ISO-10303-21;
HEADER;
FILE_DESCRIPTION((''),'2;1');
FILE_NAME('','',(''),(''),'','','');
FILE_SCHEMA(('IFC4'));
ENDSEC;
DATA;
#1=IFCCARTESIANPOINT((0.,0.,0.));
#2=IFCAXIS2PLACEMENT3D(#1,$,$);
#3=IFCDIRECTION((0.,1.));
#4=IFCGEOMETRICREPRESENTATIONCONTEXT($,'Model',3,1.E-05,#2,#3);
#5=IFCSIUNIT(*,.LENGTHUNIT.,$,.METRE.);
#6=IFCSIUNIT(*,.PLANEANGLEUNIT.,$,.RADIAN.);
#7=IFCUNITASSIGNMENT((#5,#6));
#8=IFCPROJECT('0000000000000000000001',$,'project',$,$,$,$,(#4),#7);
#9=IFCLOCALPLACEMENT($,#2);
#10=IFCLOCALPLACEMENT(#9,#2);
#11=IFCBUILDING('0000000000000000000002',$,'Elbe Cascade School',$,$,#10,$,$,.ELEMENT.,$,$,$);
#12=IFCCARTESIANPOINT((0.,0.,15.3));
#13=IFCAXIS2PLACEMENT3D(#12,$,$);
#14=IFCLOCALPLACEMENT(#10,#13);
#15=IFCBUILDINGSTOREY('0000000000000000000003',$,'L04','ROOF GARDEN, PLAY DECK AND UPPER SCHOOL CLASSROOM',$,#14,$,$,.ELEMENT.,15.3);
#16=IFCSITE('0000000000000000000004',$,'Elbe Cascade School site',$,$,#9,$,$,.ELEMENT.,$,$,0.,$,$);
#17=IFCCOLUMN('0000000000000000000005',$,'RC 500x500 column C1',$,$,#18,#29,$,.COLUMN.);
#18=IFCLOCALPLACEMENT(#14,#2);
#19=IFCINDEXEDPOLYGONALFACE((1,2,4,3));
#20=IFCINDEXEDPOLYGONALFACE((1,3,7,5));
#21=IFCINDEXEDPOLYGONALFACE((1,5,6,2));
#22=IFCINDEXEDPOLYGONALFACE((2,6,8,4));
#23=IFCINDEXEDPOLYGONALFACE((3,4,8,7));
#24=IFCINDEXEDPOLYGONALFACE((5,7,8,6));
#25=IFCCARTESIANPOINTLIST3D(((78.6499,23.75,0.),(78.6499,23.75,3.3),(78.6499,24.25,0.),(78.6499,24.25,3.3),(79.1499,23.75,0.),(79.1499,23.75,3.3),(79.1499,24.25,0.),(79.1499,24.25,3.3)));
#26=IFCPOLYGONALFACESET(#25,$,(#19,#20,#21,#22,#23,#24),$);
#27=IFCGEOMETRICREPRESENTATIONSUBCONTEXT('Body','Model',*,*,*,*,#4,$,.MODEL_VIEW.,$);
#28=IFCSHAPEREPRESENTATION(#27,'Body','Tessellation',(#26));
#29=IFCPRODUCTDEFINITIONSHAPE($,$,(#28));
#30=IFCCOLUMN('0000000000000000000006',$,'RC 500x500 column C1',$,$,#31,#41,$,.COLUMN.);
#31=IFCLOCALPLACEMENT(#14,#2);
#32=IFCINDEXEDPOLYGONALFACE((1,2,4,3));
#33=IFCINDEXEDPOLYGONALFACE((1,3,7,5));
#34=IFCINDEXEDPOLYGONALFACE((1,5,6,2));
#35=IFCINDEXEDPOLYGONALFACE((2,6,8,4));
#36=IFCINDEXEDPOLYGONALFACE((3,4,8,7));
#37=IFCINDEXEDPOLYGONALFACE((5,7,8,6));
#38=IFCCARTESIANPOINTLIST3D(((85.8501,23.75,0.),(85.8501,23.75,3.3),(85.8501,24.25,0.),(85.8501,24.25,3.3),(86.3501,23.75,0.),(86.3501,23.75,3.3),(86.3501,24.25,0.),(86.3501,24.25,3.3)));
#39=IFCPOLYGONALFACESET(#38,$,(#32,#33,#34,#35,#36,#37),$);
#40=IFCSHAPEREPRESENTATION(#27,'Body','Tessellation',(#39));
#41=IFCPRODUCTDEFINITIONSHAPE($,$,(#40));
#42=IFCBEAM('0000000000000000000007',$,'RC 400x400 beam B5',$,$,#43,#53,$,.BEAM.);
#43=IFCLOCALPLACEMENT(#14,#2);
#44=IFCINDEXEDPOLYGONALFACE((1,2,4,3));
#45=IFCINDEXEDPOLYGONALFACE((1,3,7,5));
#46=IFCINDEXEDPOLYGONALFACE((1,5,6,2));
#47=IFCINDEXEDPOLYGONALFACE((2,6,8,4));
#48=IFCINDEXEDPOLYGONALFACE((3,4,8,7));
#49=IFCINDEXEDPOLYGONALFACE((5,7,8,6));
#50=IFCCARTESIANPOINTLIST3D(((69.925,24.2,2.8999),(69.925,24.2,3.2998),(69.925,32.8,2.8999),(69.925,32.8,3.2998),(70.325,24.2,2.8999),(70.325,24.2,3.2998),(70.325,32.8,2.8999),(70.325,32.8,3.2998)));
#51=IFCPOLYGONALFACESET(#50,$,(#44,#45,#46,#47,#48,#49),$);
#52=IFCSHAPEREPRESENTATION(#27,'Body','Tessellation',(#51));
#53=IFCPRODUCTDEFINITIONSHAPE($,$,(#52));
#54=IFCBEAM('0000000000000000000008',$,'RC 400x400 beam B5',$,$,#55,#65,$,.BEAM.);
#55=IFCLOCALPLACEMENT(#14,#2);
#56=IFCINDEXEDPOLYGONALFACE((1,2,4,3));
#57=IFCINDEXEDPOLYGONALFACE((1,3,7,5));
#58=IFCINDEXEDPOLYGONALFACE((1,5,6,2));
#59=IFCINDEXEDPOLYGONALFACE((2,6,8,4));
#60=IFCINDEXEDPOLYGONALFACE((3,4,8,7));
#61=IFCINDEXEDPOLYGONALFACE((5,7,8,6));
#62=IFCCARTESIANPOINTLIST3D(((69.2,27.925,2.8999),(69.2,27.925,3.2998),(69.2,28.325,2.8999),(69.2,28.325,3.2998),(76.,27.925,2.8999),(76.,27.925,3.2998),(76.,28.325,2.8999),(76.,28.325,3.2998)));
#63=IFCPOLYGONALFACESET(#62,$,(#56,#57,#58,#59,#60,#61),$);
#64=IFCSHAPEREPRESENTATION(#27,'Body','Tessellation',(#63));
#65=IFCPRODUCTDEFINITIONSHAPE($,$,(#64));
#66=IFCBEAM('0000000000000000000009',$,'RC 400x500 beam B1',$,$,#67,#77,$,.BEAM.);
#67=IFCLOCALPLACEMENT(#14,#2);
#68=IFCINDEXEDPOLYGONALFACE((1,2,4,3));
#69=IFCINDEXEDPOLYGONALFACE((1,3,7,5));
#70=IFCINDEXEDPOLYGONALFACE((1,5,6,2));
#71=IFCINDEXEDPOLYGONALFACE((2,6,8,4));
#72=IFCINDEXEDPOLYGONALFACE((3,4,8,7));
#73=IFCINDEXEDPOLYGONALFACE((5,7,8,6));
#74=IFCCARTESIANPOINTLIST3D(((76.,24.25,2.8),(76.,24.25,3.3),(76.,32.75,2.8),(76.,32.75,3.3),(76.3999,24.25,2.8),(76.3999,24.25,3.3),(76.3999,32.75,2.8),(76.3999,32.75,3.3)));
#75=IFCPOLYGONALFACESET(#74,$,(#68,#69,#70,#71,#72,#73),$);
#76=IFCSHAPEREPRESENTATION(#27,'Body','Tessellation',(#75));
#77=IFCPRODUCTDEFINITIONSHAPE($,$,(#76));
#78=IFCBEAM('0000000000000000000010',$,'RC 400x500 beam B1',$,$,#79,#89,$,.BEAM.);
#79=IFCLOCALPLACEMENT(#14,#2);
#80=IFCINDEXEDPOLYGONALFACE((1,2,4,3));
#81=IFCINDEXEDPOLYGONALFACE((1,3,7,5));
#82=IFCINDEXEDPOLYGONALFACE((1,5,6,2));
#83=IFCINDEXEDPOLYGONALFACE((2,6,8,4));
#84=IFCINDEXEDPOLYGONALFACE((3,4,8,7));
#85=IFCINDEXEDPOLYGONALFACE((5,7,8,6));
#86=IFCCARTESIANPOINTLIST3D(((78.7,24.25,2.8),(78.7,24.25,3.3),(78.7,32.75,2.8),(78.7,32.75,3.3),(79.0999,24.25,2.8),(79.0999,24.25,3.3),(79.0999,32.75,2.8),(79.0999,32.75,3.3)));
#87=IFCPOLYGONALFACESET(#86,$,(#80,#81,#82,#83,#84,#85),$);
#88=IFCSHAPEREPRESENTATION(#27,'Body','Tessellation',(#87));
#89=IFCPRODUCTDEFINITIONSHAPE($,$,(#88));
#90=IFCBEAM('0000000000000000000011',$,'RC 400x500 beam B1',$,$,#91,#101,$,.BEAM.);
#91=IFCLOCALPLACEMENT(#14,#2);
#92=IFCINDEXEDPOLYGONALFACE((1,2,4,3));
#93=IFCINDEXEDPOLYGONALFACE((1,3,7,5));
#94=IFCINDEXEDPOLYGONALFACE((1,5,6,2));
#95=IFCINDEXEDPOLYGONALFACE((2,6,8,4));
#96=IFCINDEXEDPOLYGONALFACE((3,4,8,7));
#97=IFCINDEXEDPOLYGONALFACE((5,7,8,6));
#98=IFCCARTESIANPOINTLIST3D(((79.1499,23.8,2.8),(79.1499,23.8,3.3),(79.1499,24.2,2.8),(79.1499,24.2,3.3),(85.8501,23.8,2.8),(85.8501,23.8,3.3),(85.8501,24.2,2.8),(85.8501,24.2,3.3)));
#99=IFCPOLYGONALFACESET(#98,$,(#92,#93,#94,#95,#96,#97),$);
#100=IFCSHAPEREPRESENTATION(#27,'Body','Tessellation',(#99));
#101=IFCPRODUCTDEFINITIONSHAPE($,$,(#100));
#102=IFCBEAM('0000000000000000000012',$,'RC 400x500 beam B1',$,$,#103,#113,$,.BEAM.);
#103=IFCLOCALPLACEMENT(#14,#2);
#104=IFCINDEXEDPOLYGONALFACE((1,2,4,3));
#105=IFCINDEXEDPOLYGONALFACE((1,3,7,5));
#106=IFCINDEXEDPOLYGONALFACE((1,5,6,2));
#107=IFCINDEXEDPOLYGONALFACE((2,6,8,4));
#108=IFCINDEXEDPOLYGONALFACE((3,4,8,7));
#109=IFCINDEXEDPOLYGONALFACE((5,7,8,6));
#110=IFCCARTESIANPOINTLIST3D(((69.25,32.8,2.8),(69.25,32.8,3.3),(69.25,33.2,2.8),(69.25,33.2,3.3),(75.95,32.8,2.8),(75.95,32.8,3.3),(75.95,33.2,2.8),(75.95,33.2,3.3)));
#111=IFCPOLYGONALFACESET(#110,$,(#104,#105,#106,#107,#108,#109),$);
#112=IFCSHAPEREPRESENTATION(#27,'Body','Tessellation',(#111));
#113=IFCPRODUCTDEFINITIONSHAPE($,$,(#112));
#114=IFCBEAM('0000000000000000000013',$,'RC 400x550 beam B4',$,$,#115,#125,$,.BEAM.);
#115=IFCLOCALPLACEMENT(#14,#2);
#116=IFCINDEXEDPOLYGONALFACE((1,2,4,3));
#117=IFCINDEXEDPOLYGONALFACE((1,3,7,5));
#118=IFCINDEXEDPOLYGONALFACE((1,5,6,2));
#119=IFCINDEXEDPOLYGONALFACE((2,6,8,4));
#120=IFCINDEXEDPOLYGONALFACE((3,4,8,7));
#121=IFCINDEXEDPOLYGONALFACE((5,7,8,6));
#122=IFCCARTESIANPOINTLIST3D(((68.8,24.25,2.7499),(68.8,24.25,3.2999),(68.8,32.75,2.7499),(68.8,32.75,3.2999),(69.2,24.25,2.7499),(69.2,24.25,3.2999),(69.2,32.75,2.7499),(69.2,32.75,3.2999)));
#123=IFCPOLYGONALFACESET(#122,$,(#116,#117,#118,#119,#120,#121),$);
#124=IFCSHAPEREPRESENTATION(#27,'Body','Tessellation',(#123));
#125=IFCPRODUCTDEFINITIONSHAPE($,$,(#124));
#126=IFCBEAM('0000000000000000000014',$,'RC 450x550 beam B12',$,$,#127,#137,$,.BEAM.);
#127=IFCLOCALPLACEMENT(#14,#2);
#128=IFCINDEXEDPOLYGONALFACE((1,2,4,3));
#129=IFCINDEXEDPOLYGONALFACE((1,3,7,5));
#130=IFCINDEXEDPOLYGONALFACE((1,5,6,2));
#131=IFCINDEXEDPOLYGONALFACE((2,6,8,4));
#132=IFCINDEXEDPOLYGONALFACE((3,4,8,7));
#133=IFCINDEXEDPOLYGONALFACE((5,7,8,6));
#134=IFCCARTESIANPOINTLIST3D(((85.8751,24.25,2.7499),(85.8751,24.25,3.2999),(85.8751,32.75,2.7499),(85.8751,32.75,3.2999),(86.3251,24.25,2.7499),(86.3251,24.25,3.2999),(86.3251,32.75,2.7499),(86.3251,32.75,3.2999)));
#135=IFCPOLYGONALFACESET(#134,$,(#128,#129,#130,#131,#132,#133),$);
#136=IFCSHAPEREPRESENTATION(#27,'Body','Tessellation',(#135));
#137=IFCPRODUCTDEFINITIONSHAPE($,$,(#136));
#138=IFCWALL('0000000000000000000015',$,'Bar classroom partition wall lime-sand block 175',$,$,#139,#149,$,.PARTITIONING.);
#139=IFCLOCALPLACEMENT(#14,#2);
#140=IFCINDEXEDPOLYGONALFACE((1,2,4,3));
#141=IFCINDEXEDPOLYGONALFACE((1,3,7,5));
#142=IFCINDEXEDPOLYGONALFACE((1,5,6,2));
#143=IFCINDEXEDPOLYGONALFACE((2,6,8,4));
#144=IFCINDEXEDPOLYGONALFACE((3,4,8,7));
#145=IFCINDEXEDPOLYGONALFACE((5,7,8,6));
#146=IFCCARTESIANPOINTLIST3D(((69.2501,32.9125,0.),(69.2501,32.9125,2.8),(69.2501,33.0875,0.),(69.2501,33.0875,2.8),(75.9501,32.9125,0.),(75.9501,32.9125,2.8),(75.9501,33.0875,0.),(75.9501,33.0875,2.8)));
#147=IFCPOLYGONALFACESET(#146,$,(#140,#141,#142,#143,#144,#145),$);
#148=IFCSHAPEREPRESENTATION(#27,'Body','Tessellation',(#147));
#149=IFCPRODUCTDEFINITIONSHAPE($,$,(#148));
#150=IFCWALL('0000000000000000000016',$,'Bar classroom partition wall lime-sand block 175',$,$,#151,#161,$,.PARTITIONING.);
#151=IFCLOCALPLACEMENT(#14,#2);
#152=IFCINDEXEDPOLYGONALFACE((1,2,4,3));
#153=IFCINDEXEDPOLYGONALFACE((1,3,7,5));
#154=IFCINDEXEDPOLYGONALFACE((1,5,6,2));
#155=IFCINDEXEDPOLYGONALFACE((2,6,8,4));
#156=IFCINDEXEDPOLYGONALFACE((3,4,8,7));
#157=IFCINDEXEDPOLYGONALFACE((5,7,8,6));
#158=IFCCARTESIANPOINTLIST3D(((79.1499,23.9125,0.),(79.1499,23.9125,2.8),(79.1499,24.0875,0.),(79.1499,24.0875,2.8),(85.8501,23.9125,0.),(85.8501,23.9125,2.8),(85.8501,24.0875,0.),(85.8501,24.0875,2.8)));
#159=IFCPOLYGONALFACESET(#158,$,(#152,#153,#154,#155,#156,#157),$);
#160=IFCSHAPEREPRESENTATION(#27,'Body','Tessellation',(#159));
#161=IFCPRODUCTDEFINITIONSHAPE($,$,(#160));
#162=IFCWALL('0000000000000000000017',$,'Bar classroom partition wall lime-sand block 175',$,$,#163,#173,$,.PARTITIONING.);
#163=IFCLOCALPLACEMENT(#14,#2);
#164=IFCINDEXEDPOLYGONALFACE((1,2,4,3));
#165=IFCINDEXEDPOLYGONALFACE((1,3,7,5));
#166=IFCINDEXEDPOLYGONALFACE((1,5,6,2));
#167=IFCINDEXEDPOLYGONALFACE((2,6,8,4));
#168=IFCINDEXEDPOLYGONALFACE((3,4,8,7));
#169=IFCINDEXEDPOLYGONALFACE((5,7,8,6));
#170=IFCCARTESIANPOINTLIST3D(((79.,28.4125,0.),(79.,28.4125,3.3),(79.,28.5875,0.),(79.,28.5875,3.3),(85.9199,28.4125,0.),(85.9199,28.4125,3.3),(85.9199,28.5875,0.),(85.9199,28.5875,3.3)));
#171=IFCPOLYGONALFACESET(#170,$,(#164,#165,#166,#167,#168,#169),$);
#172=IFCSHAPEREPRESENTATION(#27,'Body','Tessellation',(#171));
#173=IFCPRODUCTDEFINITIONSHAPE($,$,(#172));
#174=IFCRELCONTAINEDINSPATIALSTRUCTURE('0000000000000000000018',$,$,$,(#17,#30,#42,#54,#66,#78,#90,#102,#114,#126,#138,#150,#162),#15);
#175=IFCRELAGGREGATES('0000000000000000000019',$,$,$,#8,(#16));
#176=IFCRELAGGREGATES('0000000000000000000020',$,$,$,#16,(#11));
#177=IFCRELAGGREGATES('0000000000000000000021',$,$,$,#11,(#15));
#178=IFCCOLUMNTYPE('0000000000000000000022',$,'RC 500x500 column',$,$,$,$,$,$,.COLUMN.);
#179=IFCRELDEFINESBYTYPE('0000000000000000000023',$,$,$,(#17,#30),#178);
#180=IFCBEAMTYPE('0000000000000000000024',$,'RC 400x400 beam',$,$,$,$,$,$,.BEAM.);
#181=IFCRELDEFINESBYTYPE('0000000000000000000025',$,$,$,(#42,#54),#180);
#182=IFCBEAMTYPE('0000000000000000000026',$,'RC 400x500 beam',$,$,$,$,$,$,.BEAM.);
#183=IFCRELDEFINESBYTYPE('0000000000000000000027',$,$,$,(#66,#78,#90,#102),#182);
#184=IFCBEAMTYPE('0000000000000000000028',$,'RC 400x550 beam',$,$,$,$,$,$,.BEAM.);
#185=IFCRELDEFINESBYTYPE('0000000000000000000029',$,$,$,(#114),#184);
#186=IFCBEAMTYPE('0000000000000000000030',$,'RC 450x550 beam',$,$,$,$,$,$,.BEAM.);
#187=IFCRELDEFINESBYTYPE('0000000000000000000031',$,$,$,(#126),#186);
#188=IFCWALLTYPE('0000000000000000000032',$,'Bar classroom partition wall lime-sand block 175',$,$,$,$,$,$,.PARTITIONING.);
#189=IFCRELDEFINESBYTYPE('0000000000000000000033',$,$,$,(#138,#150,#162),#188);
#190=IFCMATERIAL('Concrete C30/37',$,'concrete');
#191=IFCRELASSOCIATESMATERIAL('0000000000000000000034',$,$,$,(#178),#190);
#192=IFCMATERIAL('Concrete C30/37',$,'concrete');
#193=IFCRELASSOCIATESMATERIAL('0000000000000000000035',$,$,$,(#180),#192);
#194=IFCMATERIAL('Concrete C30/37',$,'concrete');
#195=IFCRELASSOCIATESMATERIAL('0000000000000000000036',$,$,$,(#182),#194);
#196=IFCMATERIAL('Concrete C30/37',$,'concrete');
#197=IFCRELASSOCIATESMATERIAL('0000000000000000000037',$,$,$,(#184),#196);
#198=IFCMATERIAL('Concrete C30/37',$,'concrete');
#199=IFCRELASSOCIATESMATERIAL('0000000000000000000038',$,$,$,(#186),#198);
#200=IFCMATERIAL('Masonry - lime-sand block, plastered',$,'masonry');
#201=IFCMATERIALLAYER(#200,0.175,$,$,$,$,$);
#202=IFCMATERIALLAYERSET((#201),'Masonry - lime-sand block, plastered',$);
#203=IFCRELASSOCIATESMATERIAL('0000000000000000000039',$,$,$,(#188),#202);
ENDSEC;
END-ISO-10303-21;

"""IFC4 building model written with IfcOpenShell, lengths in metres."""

from ifc_helpers import new_model, si_unit, direction, frame, frame_2d, origin, origin_2d, place, context, subcontext, project, spatial, rectangle, extrude, material, layer, layer_set, material_profile, profile_set, type_object, element, save


model = new_model("IFC4")

# Units and contexts
model_context = context("Model", 3, precision=1e-05, world=origin(), true_north=direction((0.0, 1.0)))
body_context = subcontext(model_context, "Body", "Model", "MODEL_VIEW")
ifc_project = project(units=[si_unit("LENGTHUNIT", "METRE"), si_unit("PLANEANGLEUNIT", "RADIAN")], contexts=[model_context])

# Site, building, storey
site_placement = place(None, origin())
site = spatial("IfcSite", under=ifc_project, at=site_placement, Name="Elbe Cascade School site", CompositionType="ELEMENT", RefElevation=0.0)
building_placement = place(site_placement, origin())
building = spatial("IfcBuilding", under=site, at=building_placement, Name="Elbe Cascade School", CompositionType="ELEMENT")
storey_placement = place(building_placement, frame((0.0, 0.0, 15.3)))
storey = spatial("IfcBuildingStorey", under=building, at=storey_placement, Name="L04", Description="ROOF GARDEN, PLAY DECK AND UPPER SCHOOL CLASSROOM", CompositionType="ELEMENT", Elevation=15.3)

# Columns
ifc_material_1 = material(Name="Concrete C30/37", Category="concrete")
ifc_material_profile_1 = material_profile(ifc_material_1, rectangle(XDim=0.5, YDim=0.5, at=origin_2d()), Name="RC 500x500")
ifc_profile_set_1 = profile_set([ifc_material_profile_1], Name="Concrete C30/37")
column_type = type_object("IfcColumnType", Name="RC 500x500 column", PredefinedType="COLUMN", material=ifc_profile_set_1)
for number, where, z_axis, x_axis, name in (
    (1, (78.8999, 24.0, 0.0), (0.0, 0.0, 1.0), (1.0, 0.0, 0.0), "RC 500x500 column C1"),
    (2, (86.1001, 24.0, 0.0), (0.0, 0.0, 1.0), (1.0, 0.0, 0.0), "RC 500x500 column C1"),
):
    element("IfcColumn", number, at=place(storey_placement, frame(where, z_axis=z_axis, x_axis=x_axis)), inside=storey, type_object=column_type, Name=name, PredefinedType="COLUMN", context=body_context, shape_type="SweptSolid", body=[
        extrude(rectangle(XDim=0.5, YDim=0.5, at=origin_2d()), origin(), (0.0, 0.0, 1.0), 3.3),
    ])

# Beams
ifc_material_2 = material(Name="Concrete C30/37", Category="concrete")
ifc_material_profile_2 = material_profile(ifc_material_2, rectangle(XDim=0.3999, YDim=0.3999, at=origin_2d()), Name="RC 400x400")
ifc_profile_set_2 = profile_set([ifc_material_profile_2], Name="Concrete C30/37")
beam_type_1 = type_object("IfcBeamType", Name="RC 400x400 beam", PredefinedType="BEAM", material=ifc_profile_set_2)
beam_1_placement = place(storey_placement, frame((70.125, 24.2, 3.0999), z_axis=(0.0, 1.0, 0.0), x_axis=(-1.0, 0.0, 0.0)))
element("IfcBeam", 3, at=beam_1_placement, inside=storey, type_object=beam_type_1, Name="RC 400x400 beam B5", PredefinedType="BEAM", context=body_context, shape_type="SweptSolid", body=[
    extrude(rectangle(XDim=0.3999, YDim=0.3999, at=origin_2d()), origin(), (0.0, 0.0, 1.0), 8.6001),
])
beam_2_placement = place(storey_placement, frame((69.2, 28.125, 3.0999), z_axis=(1.0, 0.0, 0.0), x_axis=(0.0, 1.0, 0.0)))
element("IfcBeam", 4, at=beam_2_placement, inside=storey, type_object=beam_type_1, Name="RC 400x400 beam B5", PredefinedType="BEAM", context=body_context, shape_type="SweptSolid", body=[
    extrude(rectangle(XDim=0.3999, YDim=0.3999, at=origin_2d()), origin(), (0.0, 0.0, 1.0), 6.8),
])
ifc_material_3 = material(Name="Concrete C30/37", Category="concrete")
ifc_material_profile_3 = material_profile(ifc_material_3, rectangle(XDim=0.3999, YDim=0.5, at=origin_2d()), Name="RC 400x500")
ifc_profile_set_3 = profile_set([ifc_material_profile_3], Name="Concrete C30/37")
beam_type_2 = type_object("IfcBeamType", Name="RC 400x500 beam", PredefinedType="BEAM", material=ifc_profile_set_3)
for number, where, z_axis, x_axis, name in (
    (5, (76.2, 24.25, 3.05), (0.0, 1.0, 0.0), (-1.0, 0.0, 0.0), "RC 400x500 beam B1"),
    (6, (78.8999, 24.25, 3.05), (0.0, 1.0, 0.0), (-1.0, 0.0, 0.0), "RC 400x500 beam B1"),
):
    element("IfcBeam", number, at=place(storey_placement, frame(where, z_axis=z_axis, x_axis=x_axis)), inside=storey, type_object=beam_type_2, Name=name, PredefinedType="BEAM", context=body_context, shape_type="SweptSolid", body=[
        extrude(rectangle(XDim=0.3999, YDim=0.5, at=origin_2d()), origin(), (0.0, 0.0, 1.0), 8.5),
    ])
beam_3_placement = place(storey_placement, frame((79.1499, 24.0, 3.05), z_axis=(1.0, 0.0, 0.0), x_axis=(0.0, 1.0, 0.0)))
element("IfcBeam", 7, at=beam_3_placement, inside=storey, type_object=beam_type_2, Name="RC 400x500 beam B1", PredefinedType="BEAM", context=body_context, shape_type="SweptSolid", body=[
    extrude(rectangle(XDim=0.3999, YDim=0.5, at=origin_2d()), origin(), (0.0, 0.0, 1.0), 6.7002),
])
beam_4_placement = place(storey_placement, frame((69.25, 33.0, 3.05), z_axis=(1.0, 0.0, 0.0), x_axis=(0.0, 1.0, 0.0)))
element("IfcBeam", 8, at=beam_4_placement, inside=storey, type_object=beam_type_2, Name="RC 400x500 beam B1", PredefinedType="BEAM", context=body_context, shape_type="SweptSolid", body=[
    extrude(rectangle(XDim=0.3999, YDim=0.5, at=origin_2d()), origin(), (0.0, 0.0, 1.0), 6.7),
])
ifc_material_4 = material(Name="Concrete C30/37", Category="concrete")
ifc_material_profile_4 = material_profile(ifc_material_4, rectangle(XDim=0.3999, YDim=0.55, at=origin_2d()), Name="RC 400x550")
ifc_profile_set_4 = profile_set([ifc_material_profile_4], Name="Concrete C30/37")
beam_type_3 = type_object("IfcBeamType", Name="RC 400x550 beam", PredefinedType="BEAM", material=ifc_profile_set_4)
beam_5_placement = place(storey_placement, frame((69.0, 24.25, 3.0249), z_axis=(0.0, 1.0, 0.0), x_axis=(-1.0, 0.0, 0.0)))
element("IfcBeam", 9, at=beam_5_placement, inside=storey, type_object=beam_type_3, Name="RC 400x550 beam B4", PredefinedType="BEAM", context=body_context, shape_type="SweptSolid", body=[
    extrude(rectangle(XDim=0.3999, YDim=0.55, at=origin_2d()), origin(), (0.0, 0.0, 1.0), 8.5),
])
ifc_material_5 = material(Name="Concrete C30/37", Category="concrete")
ifc_material_profile_5 = material_profile(ifc_material_5, rectangle(XDim=0.45, YDim=0.55, at=origin_2d()), Name="RC 450x550")
ifc_profile_set_5 = profile_set([ifc_material_profile_5], Name="Concrete C30/37")
beam_type_4 = type_object("IfcBeamType", Name="RC 450x550 beam", PredefinedType="BEAM", material=ifc_profile_set_5)
beam_6_placement = place(storey_placement, frame((86.1001, 24.25, 3.0249), z_axis=(0.0, 1.0, 0.0), x_axis=(-1.0, 0.0, 0.0)))
element("IfcBeam", 10, at=beam_6_placement, inside=storey, type_object=beam_type_4, Name="RC 450x550 beam B12", PredefinedType="BEAM", context=body_context, shape_type="SweptSolid", body=[
    extrude(rectangle(XDim=0.45, YDim=0.55, at=origin_2d()), origin(), (0.0, 0.0, 1.0), 8.5),
])

# Walls
ifc_material_6 = material(Name="Masonry - lime-sand block, plastered", Category="masonry")
ifc_layer_1 = layer(ifc_material_6, 0.175)
ifc_layer_set_1 = layer_set([ifc_layer_1], Name="Masonry - lime-sand block, plastered")
wall_type_1 = type_object("IfcWallType", Name="Bar classroom partition wall lime-sand block 175", PredefinedType="PARTITIONING", material=ifc_layer_set_1)
wall_1_placement = place(storey_placement, frame((69.25, 33.0, 0.0), z_axis=(0.0, 0.0, 1.0), x_axis=(1.0, 0.0, 0.0)))
element("IfcWall", 11, at=wall_1_placement, inside=storey, type_object=wall_type_1, Name="Bar classroom partition wall lime-sand block 175", PredefinedType="PARTITIONING", context=body_context, shape_type="SweptSolid", body=[
    extrude(rectangle(XDim=6.7, YDim=0.175, at=frame_2d((3.3501, 0.0))), origin(), (0.0, 0.0, 1.0), 2.8),
])
wall_2_placement = place(storey_placement, frame((79.1499, 24.0, 0.0), z_axis=(0.0, 0.0, 1.0), x_axis=(1.0, 0.0, 0.0)))
element("IfcWall", 12, at=wall_2_placement, inside=storey, type_object=wall_type_1, Name="Bar classroom partition wall lime-sand block 175", PredefinedType="PARTITIONING", context=body_context, shape_type="SweptSolid", body=[
    extrude(rectangle(XDim=6.7002, YDim=0.175, at=frame_2d((3.3501, 0.0))), origin(), (0.0, 0.0, 1.0), 2.8),
])
wall_3_placement = place(storey_placement, frame((79.0, 28.5, 0.0), z_axis=(0.0, 0.0, 1.0), x_axis=(1.0, 0.0, 0.0)))
element("IfcWall", 13, at=wall_3_placement, inside=storey, type_object=wall_type_1, Name="Bar classroom partition wall lime-sand block 175", PredefinedType="PARTITIONING", context=body_context, shape_type="SweptSolid", body=[
    extrude(rectangle(XDim=6.9199, YDim=0.175, at=frame_2d((3.46, 0.0))), origin(), (0.0, 0.0, 1.0), 3.3),
])

save(model, "model.ifc")
